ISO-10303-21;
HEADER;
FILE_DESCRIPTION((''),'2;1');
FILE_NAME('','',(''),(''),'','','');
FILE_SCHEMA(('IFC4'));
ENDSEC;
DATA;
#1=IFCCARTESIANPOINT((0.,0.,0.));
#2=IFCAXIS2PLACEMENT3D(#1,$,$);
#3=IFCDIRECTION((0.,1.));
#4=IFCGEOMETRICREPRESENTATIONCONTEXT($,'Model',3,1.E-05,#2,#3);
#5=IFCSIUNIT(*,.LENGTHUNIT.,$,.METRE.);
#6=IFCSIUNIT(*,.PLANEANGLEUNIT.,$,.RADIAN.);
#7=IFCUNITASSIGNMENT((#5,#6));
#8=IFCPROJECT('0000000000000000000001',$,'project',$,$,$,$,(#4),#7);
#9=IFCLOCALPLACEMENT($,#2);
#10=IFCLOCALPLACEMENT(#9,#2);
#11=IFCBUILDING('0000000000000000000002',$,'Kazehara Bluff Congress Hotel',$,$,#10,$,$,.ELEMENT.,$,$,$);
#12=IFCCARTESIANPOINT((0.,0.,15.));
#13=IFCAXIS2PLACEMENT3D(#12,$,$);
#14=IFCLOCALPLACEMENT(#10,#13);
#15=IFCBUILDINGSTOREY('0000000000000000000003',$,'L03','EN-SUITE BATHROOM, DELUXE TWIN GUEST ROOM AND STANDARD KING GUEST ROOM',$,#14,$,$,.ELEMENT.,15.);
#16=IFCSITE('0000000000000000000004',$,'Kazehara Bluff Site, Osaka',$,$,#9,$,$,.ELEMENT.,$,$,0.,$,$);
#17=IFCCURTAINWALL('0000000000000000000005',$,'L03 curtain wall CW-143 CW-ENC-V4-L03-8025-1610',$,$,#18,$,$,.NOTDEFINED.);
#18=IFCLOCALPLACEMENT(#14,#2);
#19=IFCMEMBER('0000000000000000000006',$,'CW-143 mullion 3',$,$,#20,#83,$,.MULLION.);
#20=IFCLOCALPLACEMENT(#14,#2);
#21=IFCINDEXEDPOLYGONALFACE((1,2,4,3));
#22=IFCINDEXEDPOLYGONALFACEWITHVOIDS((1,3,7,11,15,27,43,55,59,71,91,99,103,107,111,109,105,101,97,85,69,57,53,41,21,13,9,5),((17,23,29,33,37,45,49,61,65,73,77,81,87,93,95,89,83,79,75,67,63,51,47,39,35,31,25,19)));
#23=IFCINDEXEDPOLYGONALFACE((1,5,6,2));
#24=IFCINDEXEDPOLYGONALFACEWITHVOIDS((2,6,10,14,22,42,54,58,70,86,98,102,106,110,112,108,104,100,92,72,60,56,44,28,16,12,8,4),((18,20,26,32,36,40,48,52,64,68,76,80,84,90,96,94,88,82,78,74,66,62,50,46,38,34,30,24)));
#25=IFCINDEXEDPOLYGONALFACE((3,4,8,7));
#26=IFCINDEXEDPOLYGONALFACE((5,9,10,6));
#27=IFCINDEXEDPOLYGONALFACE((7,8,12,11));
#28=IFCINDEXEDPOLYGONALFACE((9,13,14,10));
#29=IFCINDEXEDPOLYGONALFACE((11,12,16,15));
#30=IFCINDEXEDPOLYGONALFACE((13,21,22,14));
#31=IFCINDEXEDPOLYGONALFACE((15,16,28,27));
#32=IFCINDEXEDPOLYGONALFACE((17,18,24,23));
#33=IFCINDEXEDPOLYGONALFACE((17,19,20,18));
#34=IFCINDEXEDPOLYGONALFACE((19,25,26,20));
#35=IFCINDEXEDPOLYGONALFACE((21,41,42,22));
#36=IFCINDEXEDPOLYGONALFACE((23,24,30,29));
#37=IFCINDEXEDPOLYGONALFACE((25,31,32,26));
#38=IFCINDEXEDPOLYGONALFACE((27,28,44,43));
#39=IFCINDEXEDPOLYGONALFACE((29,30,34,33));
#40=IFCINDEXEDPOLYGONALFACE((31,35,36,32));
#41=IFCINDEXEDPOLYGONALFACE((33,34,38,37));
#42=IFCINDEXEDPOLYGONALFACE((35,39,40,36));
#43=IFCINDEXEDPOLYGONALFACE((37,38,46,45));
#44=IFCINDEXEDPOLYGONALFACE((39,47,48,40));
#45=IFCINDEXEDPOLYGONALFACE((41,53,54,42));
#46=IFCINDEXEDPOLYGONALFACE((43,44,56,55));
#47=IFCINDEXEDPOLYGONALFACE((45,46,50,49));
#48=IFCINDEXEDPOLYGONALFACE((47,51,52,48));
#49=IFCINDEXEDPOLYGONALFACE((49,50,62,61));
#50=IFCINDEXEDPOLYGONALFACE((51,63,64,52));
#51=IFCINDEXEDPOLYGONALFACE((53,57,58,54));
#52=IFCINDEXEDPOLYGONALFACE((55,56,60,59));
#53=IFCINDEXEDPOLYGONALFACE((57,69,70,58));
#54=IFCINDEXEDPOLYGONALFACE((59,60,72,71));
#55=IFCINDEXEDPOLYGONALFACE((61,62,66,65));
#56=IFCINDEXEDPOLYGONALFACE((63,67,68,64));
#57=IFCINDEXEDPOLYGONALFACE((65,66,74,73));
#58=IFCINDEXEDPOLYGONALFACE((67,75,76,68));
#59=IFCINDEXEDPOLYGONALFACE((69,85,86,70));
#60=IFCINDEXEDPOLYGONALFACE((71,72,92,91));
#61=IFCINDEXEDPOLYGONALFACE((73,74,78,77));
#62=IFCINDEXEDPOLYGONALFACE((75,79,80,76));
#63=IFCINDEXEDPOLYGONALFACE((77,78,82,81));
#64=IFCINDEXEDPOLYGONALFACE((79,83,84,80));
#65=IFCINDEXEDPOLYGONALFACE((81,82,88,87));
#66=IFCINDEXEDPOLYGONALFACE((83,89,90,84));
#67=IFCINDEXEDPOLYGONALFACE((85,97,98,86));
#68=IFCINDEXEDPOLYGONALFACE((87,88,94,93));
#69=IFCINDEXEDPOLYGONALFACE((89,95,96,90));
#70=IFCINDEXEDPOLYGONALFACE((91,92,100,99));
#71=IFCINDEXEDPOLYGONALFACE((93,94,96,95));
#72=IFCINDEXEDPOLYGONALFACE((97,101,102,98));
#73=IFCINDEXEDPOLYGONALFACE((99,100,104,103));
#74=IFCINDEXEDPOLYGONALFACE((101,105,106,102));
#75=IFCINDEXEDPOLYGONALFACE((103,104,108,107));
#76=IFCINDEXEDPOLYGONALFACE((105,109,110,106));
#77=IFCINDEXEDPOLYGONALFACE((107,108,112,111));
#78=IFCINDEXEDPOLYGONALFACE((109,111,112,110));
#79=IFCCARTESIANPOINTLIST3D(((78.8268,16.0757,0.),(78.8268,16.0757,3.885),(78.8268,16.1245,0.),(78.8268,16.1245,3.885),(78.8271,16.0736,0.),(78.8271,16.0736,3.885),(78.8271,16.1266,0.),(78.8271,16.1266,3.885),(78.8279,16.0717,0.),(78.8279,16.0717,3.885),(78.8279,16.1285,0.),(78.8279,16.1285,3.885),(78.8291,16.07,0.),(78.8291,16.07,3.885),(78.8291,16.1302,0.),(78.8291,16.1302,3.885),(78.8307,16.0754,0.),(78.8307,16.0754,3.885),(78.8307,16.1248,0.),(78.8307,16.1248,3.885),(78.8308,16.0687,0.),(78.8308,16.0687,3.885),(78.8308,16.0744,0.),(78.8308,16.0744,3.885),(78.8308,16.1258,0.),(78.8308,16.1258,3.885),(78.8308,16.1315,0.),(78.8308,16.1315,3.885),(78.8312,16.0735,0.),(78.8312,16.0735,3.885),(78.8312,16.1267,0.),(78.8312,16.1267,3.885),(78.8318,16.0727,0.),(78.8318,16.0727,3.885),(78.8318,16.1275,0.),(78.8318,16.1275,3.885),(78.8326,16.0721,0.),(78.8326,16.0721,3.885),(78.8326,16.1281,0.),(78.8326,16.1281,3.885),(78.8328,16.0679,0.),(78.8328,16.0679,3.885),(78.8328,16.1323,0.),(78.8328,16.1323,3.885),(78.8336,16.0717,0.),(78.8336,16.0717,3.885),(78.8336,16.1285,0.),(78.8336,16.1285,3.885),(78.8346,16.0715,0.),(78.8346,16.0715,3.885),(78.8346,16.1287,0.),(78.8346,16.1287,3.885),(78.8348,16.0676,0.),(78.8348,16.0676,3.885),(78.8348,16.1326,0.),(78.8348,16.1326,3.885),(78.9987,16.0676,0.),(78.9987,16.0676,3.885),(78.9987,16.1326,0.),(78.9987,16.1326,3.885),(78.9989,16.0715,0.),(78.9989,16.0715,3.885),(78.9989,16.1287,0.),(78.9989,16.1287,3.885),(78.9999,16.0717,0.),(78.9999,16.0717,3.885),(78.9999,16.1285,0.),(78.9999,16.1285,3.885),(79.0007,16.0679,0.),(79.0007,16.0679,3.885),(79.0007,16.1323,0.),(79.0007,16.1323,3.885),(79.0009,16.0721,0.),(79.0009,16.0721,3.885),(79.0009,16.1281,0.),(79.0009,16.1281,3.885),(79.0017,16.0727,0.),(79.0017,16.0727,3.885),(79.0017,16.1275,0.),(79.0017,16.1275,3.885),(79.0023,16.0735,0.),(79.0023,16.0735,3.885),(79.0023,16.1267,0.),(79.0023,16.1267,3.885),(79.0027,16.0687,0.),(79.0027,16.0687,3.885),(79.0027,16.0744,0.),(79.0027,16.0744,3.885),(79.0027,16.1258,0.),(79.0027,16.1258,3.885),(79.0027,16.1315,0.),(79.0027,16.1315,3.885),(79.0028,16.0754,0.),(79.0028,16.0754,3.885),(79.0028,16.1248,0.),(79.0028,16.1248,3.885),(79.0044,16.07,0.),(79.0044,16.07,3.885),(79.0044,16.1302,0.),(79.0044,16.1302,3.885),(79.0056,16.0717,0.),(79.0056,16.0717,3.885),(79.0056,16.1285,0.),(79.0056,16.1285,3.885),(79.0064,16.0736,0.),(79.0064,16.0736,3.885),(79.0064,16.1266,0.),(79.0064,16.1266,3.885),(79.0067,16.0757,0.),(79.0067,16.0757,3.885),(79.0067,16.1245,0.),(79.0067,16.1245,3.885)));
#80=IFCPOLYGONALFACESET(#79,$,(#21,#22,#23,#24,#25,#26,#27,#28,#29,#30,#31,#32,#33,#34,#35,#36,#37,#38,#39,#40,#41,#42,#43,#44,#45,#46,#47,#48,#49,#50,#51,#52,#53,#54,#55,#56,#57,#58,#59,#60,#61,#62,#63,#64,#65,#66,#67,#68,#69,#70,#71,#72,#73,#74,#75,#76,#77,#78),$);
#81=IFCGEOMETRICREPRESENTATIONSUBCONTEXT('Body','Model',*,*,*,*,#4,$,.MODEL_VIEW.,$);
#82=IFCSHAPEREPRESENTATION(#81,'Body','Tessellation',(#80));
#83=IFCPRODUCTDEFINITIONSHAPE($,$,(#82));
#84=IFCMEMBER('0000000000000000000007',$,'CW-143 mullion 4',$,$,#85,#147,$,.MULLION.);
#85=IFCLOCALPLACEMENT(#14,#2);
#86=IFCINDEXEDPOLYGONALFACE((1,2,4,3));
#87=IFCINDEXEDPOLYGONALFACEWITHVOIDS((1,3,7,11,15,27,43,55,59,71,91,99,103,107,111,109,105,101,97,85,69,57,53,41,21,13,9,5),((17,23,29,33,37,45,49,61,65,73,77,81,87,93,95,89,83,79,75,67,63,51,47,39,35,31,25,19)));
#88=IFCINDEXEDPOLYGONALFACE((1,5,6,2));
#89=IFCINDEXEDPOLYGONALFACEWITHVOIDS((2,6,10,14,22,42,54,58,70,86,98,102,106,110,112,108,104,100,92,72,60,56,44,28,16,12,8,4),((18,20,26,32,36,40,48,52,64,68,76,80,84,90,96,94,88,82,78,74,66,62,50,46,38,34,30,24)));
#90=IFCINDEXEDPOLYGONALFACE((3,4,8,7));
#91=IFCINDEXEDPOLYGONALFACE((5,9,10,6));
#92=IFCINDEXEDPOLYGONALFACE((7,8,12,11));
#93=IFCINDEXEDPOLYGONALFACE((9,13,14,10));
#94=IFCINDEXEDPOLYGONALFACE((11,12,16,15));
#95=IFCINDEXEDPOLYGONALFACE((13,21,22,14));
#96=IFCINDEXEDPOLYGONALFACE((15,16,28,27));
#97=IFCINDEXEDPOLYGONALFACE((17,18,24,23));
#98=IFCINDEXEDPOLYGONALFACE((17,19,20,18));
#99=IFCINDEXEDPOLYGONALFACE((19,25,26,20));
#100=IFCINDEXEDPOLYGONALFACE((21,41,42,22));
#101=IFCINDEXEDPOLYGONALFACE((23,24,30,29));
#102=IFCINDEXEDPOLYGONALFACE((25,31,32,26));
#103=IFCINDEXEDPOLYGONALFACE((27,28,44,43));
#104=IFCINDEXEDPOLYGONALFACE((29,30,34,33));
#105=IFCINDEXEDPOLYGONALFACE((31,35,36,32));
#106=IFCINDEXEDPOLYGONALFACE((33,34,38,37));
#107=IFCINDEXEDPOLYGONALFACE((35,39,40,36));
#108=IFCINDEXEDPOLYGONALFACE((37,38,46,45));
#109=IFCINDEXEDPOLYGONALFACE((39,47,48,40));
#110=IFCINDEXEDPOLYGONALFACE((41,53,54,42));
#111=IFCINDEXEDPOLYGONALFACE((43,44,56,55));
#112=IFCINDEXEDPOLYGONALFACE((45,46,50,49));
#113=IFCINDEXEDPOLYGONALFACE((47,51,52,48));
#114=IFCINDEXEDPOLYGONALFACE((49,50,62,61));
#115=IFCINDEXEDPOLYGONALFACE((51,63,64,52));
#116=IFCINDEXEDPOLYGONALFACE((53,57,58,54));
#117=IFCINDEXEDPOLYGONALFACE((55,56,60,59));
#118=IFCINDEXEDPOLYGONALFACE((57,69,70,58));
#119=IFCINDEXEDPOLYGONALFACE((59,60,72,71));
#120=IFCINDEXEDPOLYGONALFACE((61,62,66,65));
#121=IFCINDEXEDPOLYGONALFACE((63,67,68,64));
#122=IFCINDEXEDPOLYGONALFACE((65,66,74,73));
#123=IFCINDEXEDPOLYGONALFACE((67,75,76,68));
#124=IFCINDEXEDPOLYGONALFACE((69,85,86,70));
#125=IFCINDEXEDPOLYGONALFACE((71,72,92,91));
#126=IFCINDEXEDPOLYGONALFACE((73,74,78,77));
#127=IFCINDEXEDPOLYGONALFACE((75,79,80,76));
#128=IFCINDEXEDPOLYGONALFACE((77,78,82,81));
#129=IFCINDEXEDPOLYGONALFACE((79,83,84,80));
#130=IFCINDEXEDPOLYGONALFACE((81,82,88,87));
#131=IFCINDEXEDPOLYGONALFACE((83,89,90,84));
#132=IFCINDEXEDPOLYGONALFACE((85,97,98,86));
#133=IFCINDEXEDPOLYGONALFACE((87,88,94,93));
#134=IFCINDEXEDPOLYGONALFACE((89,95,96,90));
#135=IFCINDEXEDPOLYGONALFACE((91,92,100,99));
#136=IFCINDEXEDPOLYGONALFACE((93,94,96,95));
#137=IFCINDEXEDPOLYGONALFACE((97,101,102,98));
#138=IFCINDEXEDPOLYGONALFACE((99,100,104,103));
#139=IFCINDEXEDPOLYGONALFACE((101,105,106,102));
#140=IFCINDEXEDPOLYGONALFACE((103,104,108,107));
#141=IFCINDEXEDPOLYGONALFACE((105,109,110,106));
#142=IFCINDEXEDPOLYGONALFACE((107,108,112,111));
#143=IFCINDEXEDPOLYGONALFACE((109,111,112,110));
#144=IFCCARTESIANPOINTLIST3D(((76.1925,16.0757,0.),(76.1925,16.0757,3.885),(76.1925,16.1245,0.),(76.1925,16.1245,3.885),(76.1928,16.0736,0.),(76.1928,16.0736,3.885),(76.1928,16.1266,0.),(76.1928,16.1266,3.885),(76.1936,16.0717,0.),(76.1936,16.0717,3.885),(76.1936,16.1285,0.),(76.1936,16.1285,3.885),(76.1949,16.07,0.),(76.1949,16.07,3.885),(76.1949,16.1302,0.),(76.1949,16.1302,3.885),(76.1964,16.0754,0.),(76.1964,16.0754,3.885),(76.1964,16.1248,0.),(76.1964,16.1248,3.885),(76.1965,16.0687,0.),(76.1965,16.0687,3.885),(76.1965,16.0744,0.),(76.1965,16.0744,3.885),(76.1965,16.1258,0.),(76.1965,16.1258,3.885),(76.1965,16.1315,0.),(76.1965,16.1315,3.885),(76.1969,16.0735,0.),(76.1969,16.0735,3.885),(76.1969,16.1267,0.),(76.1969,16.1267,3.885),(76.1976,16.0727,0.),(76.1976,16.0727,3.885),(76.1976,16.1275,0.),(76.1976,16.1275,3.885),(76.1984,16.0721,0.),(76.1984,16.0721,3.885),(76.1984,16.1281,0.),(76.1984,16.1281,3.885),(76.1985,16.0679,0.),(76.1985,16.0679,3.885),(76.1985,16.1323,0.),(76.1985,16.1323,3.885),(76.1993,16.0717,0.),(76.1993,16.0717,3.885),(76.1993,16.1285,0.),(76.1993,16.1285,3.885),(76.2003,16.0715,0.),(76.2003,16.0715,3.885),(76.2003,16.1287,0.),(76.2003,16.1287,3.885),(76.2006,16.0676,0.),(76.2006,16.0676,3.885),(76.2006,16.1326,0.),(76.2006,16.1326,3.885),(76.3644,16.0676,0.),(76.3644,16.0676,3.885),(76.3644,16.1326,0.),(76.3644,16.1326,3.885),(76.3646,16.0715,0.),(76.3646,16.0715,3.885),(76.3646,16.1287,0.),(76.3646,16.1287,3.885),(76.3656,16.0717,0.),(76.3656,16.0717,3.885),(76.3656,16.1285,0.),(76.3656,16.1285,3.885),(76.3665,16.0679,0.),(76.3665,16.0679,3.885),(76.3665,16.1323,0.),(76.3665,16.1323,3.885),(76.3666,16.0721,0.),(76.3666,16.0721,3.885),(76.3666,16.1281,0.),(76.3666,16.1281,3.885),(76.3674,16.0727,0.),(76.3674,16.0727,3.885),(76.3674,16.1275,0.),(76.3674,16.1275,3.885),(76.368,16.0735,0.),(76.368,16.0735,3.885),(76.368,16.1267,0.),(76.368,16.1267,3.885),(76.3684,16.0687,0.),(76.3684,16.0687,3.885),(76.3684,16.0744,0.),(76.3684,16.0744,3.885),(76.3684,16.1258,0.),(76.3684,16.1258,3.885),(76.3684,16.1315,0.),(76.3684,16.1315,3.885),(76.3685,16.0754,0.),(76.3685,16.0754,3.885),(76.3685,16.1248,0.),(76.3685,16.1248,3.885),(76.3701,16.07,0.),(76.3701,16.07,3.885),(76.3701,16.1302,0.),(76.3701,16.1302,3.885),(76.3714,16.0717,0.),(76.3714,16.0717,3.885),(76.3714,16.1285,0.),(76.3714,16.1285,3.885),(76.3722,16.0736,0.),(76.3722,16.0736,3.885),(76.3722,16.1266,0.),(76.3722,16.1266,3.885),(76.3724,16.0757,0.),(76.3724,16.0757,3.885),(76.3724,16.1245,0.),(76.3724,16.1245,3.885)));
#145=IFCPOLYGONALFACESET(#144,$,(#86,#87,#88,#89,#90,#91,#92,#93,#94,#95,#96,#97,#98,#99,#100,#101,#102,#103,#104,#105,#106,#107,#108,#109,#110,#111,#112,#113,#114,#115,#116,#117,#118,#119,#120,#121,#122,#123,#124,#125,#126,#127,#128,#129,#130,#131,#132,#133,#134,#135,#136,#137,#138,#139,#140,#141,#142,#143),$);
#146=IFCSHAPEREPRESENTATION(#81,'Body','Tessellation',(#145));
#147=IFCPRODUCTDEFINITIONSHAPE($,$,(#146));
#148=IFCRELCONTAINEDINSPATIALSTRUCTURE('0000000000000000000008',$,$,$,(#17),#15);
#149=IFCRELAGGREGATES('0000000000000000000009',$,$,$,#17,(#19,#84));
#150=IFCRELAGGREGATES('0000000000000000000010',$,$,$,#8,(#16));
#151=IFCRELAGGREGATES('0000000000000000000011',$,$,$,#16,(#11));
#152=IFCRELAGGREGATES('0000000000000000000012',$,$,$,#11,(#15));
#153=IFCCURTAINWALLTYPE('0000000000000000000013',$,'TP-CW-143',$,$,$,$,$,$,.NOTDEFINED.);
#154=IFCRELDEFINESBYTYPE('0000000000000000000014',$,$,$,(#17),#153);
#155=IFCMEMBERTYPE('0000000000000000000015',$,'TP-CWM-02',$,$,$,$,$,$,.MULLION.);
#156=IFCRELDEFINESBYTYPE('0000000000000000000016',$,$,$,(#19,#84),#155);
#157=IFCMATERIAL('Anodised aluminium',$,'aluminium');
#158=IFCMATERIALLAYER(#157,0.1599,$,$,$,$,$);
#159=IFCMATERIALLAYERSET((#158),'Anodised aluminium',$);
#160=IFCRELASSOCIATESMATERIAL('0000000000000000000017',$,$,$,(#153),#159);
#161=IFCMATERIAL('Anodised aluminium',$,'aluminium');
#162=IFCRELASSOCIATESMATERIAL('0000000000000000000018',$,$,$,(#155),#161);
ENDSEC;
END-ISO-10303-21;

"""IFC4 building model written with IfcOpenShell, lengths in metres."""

from ifc_helpers import new_model, si_unit, direction, frame, origin, origin_2d, place, context, subcontext, project, spatial, hollow_rectangle, extrude, material, layer, layer_set, material_profile, profile_set, type_object, element, aggregate, save


model = new_model("IFC4")

# Units and contexts
model_context = context("Model", 3, precision=1e-05, world=origin(), true_north=direction((0.0, 1.0)))
body_context = subcontext(model_context, "Body", "Model", "MODEL_VIEW")
ifc_project = project(units=[si_unit("LENGTHUNIT", "METRE"), si_unit("PLANEANGLEUNIT", "RADIAN")], contexts=[model_context])

# Site, building, storey
site_placement = place(None, origin())
site = spatial("IfcSite", under=ifc_project, at=site_placement, Name="Kazehara Bluff Site, Osaka", CompositionType="ELEMENT", RefElevation=0.0)
building_placement = place(site_placement, origin())
building = spatial("IfcBuilding", under=site, at=building_placement, Name="Kazehara Bluff Congress Hotel", CompositionType="ELEMENT")
storey_placement = place(building_placement, frame((0.0, 0.0, 15.0)))
storey = spatial("IfcBuildingStorey", under=building, at=storey_placement, Name="L03", Description="EN-SUITE BATHROOM, DELUXE TWIN GUEST ROOM AND STANDARD KING GUEST ROOM", CompositionType="ELEMENT", Elevation=15.0)

# Curtain wall, members
ifc_material_1 = material(Name="Anodised aluminium", Category="aluminium")
ifc_layer_1 = layer(ifc_material_1, 0.1599)
ifc_layer_set_1 = layer_set([ifc_layer_1], Name="Anodised aluminium")
curtain_wall_type = type_object("IfcCurtainWallType", Name="TP-CW-143", PredefinedType="NOTDEFINED", material=ifc_layer_set_1)
curtain_wall_placement = place(storey_placement, origin())
curtain_wall = element("IfcCurtainWall", 1, at=curtain_wall_placement, inside=storey, type_object=curtain_wall_type, Name="L03 curtain wall CW-143 CW-ENC-V4-L03-8025-1610", PredefinedType="NOTDEFINED")
ifc_material_2 = material(Name="Anodised aluminium", Category="aluminium")
ifc_material_profile_1 = material_profile(ifc_material_2, hollow_rectangle(XDim=0.0649, YDim=0.1799, WallThickness=0.0039, InnerFilletRadius=0.0039, OuterFilletRadius=0.0081, at=origin_2d()))
ifc_profile_set_1 = profile_set([ifc_material_profile_1], Name="Anodised aluminium")
member_type_1 = type_object("IfcMemberType", Name="TP-CWM-02", PredefinedType="MULLION", material=ifc_profile_set_1)
member_1_placement = place(storey_placement, frame((78.9167, 16.1001, 0.0), z_axis=(0.0, 0.0, 1.0), x_axis=(0.0, -1.0, 0.0)))
member_1 = element("IfcMember", 2, at=member_1_placement, type_object=member_type_1, Name="CW-143 mullion 3", PredefinedType="MULLION", context=body_context, shape_type="SweptSolid", body=[
    extrude(hollow_rectangle(XDim=0.0649, YDim=0.1799, WallThickness=0.0039, InnerFilletRadius=0.0039, OuterFilletRadius=0.0081, at=origin_2d()), origin(), (0.0, 0.0, 1.0), 3.885),
])
member_2_placement = place(storey_placement, frame((76.2825, 16.1001, 0.0), z_axis=(0.0, 0.0, 1.0), x_axis=(0.0, -1.0, 0.0)))
member_2 = element("IfcMember", 3, at=member_2_placement, type_object=member_type_1, Name="CW-143 mullion 4", PredefinedType="MULLION", context=body_context, shape_type="SweptSolid", body=[
    extrude(hollow_rectangle(XDim=0.0649, YDim=0.1799, WallThickness=0.0039, InnerFilletRadius=0.0039, OuterFilletRadius=0.0081, at=origin_2d()), origin(), (0.0, 0.0, 1.0), 3.885),
])

aggregate(curtain_wall, [member_1, member_2])

save(model, "model.ifc")
